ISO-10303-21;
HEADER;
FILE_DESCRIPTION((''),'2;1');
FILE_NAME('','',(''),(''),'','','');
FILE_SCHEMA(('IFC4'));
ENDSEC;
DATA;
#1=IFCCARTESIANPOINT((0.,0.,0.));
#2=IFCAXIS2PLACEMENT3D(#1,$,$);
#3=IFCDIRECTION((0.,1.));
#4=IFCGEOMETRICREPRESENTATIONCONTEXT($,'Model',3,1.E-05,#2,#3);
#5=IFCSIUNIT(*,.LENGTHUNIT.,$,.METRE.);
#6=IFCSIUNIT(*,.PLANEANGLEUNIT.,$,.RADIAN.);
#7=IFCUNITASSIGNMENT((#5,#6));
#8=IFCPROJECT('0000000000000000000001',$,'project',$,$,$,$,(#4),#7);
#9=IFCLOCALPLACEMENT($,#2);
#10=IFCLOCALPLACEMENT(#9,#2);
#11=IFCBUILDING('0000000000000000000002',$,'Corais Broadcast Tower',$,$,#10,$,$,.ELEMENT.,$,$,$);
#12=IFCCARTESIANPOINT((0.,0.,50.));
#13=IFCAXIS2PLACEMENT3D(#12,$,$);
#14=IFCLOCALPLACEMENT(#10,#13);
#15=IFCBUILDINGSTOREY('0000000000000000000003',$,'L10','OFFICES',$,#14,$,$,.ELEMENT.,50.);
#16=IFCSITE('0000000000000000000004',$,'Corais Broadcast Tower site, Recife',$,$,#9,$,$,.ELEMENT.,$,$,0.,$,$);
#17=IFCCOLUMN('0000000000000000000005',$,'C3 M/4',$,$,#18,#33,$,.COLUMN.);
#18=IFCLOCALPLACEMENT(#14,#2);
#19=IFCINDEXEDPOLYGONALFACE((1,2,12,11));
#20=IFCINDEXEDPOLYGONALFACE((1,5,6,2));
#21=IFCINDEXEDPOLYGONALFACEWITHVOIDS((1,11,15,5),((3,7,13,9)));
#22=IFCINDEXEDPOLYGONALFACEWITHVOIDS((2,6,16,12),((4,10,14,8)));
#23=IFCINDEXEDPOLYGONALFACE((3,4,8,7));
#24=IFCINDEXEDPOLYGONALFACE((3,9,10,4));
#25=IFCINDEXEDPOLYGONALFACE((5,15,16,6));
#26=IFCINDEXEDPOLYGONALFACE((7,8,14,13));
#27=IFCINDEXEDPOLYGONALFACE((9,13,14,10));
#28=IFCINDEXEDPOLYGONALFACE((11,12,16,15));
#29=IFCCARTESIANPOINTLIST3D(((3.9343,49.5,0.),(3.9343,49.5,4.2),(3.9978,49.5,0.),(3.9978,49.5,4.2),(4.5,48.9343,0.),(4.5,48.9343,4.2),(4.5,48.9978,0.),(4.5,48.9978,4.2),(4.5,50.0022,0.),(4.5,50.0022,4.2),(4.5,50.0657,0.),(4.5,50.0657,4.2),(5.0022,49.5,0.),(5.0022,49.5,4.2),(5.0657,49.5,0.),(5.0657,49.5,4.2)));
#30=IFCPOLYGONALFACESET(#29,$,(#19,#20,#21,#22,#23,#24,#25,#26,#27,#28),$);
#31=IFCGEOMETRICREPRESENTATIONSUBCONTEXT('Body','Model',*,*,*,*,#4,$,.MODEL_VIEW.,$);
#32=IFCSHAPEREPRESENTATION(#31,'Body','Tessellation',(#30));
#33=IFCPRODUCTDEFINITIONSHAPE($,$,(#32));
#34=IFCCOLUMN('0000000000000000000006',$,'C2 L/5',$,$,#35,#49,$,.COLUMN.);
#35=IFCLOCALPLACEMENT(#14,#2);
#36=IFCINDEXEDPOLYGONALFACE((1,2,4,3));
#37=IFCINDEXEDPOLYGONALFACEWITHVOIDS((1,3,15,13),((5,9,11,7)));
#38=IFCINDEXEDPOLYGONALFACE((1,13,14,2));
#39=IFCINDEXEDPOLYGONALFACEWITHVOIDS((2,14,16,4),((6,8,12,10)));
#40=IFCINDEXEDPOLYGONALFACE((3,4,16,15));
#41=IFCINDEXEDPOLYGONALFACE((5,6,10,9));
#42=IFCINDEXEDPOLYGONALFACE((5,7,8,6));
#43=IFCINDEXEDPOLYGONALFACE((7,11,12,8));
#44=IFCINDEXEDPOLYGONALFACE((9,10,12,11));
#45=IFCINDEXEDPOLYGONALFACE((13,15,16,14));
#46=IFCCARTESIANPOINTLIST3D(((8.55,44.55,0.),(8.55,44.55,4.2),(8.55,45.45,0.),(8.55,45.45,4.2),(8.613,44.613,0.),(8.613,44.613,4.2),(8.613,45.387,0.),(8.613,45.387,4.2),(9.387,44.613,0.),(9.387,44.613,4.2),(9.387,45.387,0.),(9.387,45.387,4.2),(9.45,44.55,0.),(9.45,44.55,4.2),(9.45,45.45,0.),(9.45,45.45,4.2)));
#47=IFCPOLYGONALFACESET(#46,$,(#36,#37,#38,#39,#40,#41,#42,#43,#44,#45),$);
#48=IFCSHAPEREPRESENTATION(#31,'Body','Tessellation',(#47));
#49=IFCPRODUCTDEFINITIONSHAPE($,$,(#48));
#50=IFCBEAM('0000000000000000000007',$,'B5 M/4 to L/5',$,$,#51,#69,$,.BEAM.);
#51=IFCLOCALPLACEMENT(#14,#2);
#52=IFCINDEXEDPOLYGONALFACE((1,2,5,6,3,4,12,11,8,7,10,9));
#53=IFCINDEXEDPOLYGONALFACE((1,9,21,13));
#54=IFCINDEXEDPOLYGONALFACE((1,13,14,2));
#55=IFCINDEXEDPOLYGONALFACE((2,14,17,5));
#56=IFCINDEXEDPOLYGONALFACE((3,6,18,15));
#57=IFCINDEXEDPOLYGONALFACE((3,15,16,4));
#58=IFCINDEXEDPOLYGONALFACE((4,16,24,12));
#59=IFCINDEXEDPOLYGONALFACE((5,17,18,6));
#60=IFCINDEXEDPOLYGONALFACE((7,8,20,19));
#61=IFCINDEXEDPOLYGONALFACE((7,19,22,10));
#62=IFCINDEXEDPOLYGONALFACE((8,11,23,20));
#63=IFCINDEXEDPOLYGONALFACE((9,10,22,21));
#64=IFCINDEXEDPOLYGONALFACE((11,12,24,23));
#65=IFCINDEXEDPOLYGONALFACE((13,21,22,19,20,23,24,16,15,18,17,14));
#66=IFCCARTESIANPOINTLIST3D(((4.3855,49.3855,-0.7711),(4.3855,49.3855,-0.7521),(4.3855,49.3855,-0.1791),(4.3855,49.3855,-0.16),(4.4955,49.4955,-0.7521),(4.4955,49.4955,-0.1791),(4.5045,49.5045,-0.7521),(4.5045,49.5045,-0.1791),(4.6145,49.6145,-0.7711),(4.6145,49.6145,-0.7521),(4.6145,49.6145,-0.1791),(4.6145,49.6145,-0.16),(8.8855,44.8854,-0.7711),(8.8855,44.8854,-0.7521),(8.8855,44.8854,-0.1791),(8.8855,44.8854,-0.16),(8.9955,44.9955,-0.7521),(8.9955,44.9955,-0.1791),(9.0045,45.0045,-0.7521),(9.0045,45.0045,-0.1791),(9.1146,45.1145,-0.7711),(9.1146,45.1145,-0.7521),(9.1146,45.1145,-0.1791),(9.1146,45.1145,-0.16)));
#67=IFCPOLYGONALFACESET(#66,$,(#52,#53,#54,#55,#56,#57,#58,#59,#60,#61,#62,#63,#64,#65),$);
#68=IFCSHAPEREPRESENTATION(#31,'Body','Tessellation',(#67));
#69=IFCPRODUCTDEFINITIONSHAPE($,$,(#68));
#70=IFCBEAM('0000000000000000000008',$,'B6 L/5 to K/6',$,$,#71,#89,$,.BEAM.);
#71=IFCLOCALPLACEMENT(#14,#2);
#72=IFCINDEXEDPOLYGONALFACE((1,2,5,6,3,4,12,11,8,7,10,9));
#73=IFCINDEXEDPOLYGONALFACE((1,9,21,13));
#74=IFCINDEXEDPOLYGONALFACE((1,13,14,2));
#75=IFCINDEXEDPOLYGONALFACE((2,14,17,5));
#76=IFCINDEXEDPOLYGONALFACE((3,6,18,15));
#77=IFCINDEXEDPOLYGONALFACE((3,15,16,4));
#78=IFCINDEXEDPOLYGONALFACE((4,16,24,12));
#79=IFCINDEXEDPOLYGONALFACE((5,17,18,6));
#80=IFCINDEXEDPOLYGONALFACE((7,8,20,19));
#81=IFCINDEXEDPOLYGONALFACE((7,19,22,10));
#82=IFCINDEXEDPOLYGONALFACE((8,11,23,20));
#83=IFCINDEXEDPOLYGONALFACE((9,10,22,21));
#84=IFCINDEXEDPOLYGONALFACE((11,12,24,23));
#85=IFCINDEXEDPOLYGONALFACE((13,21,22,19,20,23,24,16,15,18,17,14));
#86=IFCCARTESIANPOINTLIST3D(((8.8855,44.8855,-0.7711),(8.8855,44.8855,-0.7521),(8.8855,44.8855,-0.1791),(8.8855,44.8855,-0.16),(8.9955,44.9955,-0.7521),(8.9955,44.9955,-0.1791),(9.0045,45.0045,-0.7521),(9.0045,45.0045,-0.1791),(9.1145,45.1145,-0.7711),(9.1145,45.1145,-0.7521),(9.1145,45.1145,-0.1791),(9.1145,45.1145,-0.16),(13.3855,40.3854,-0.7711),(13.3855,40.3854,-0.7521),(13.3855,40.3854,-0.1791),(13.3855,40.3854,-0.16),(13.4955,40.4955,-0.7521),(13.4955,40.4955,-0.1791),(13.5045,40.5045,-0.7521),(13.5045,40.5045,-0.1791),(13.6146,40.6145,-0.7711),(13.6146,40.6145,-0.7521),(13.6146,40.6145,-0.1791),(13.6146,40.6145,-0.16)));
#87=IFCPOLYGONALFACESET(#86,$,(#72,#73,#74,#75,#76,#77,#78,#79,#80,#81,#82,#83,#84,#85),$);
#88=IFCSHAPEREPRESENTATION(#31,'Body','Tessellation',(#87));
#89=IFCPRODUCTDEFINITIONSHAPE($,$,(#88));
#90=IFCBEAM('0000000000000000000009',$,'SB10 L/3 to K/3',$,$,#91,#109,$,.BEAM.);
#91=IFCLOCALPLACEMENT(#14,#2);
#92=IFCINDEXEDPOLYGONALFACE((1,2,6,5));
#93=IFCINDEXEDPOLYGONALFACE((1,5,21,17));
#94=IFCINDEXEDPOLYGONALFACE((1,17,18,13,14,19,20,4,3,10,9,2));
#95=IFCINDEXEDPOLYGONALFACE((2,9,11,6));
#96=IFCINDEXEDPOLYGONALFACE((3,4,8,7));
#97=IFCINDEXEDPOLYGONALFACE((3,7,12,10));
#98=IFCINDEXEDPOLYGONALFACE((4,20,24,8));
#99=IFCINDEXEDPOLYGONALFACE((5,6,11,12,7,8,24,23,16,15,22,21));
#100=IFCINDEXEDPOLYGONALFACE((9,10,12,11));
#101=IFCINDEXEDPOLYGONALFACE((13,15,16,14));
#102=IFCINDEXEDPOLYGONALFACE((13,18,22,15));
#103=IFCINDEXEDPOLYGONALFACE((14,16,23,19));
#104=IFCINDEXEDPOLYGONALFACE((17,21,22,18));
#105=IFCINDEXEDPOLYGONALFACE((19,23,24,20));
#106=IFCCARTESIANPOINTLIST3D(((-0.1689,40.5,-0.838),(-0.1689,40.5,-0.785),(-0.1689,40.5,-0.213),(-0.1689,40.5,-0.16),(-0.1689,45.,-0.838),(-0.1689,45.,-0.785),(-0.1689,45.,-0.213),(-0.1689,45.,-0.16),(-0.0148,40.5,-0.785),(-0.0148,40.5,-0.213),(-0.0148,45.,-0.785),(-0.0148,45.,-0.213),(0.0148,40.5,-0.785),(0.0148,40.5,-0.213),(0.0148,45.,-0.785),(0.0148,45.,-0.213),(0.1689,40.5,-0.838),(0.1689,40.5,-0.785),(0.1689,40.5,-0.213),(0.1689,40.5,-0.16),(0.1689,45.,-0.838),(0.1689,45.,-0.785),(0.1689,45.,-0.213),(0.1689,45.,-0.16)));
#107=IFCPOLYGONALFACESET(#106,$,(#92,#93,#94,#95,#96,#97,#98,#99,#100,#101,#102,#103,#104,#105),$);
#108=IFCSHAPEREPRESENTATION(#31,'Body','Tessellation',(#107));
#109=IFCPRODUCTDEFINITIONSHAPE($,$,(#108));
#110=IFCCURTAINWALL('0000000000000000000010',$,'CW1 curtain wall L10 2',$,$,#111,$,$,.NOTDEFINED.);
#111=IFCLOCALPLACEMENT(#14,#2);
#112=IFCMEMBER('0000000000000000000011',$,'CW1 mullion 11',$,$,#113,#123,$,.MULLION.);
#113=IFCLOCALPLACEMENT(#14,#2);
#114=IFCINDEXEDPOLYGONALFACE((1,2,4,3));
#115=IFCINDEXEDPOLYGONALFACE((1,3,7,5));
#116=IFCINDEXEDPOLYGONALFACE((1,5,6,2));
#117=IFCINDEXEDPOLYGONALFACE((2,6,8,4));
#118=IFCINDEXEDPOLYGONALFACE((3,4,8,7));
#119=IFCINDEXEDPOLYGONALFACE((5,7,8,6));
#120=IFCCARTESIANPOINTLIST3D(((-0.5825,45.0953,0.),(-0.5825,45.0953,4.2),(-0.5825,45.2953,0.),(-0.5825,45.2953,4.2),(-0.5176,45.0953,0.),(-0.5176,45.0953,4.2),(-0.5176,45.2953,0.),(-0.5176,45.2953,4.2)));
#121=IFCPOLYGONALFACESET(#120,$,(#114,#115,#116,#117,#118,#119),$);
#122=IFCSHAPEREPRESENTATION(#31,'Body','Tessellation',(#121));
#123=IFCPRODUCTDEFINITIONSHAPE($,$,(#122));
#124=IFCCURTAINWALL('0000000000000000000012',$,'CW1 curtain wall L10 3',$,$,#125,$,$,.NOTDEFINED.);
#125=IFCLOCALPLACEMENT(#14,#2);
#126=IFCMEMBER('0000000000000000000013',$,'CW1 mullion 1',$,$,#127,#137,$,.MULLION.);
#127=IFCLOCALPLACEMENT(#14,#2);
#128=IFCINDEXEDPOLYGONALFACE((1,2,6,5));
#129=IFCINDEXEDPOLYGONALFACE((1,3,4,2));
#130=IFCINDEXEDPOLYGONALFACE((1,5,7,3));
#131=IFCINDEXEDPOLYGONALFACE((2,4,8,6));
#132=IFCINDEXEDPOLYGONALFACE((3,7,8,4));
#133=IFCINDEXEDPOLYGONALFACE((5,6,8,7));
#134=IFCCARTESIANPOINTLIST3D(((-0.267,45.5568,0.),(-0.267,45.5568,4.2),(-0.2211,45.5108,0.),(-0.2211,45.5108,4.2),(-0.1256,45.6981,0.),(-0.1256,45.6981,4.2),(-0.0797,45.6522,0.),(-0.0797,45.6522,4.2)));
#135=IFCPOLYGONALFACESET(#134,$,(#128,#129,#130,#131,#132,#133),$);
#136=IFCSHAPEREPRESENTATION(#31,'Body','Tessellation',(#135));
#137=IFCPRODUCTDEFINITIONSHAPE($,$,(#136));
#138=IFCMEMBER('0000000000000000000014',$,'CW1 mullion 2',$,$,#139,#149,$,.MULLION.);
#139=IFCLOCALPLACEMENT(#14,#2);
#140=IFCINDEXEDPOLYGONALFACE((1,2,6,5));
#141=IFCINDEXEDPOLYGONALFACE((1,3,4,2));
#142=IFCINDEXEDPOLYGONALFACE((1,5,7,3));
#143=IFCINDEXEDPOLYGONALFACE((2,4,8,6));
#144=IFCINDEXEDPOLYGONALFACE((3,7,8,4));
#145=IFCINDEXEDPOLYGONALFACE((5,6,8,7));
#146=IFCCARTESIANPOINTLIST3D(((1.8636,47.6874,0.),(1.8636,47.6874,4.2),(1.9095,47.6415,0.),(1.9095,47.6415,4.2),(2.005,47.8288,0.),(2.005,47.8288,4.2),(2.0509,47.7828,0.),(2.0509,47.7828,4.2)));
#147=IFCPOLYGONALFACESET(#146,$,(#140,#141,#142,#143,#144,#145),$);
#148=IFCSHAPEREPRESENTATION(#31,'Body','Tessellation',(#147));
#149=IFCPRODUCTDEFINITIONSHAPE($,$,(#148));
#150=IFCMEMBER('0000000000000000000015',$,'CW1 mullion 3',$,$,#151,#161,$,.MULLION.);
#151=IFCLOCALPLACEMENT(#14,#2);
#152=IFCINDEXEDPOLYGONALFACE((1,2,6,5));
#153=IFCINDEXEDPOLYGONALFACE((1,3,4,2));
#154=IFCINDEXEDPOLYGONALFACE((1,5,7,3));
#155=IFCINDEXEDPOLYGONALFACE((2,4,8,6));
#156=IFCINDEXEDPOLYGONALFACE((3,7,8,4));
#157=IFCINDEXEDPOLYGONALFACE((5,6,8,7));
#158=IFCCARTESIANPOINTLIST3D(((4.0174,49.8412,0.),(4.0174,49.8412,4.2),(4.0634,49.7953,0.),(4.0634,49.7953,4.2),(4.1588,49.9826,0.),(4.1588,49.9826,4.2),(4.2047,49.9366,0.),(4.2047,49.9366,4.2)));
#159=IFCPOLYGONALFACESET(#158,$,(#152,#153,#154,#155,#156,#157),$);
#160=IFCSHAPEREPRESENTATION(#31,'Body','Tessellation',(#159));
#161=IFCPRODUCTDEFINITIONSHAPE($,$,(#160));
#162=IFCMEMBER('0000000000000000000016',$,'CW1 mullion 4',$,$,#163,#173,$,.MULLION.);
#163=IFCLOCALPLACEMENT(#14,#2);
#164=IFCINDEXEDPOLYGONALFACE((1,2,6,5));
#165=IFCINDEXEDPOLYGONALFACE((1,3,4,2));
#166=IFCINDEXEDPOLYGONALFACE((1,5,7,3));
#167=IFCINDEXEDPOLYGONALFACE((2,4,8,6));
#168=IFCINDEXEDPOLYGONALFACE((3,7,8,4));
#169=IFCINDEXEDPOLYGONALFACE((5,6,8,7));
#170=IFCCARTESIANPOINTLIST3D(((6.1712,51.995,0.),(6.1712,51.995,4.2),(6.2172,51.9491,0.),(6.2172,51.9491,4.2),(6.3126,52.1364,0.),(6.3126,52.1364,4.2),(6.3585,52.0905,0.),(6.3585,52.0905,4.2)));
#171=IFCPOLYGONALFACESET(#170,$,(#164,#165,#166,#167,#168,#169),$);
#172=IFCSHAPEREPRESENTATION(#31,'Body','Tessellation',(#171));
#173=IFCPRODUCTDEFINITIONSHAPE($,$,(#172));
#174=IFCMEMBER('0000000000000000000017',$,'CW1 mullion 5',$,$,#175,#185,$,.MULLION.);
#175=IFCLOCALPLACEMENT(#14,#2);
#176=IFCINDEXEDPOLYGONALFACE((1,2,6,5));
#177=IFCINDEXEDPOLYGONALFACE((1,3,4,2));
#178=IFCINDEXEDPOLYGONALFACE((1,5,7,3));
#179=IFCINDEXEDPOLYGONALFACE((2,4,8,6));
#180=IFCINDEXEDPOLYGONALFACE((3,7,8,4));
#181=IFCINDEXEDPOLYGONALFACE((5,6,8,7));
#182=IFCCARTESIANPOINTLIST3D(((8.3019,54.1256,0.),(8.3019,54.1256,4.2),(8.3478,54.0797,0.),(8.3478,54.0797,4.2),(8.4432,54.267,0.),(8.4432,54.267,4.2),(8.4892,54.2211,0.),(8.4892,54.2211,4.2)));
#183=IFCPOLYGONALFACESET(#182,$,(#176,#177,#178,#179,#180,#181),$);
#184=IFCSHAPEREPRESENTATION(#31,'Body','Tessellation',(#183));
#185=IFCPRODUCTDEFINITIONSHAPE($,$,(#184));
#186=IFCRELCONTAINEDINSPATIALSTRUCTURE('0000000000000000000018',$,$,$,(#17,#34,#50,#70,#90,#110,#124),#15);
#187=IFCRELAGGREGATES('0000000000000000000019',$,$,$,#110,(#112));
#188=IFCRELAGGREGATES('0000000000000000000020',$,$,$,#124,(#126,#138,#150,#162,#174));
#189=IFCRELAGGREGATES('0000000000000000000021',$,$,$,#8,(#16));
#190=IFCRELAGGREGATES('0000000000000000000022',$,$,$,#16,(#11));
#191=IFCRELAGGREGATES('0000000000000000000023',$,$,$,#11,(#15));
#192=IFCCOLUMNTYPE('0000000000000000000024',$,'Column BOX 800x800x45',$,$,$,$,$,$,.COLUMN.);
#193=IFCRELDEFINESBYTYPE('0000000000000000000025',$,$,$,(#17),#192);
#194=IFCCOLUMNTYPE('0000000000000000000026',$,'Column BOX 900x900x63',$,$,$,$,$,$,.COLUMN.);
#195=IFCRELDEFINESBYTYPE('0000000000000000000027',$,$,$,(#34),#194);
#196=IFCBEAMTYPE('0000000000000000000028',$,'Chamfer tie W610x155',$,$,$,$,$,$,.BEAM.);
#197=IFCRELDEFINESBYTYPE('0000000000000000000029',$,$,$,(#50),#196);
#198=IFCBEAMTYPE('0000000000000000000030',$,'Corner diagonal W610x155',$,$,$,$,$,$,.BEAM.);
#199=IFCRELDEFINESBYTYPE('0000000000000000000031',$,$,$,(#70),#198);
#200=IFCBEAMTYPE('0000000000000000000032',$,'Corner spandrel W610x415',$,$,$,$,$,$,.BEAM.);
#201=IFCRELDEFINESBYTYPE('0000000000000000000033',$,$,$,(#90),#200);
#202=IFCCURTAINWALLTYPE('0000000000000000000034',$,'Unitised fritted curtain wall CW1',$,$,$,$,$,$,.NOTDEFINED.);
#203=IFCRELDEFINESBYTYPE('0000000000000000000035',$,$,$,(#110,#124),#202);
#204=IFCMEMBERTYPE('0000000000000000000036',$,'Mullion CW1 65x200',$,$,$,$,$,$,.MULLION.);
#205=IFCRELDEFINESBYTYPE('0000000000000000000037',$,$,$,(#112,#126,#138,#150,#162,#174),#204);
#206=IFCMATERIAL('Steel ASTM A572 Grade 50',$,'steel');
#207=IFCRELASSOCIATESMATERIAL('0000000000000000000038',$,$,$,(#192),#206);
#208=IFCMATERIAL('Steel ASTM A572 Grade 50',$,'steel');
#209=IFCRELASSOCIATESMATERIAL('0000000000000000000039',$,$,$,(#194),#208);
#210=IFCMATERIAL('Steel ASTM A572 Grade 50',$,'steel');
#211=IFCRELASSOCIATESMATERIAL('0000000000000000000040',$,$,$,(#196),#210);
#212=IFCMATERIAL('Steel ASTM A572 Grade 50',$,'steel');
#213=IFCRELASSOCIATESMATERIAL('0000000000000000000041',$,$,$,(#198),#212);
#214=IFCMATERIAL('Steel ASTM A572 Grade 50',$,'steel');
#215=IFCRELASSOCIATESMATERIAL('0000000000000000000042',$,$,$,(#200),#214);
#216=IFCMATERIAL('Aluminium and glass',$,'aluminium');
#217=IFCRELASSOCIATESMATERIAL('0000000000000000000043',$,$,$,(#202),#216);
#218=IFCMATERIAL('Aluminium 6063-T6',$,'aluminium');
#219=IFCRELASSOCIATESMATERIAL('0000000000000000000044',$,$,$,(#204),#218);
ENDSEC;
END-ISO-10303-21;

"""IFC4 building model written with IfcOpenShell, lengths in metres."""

from ifc_helpers import new_model, si_unit, direction, frame, origin, origin_2d, place, context, subcontext, project, spatial, rectangle, hollow_rectangle, i_section, extrude, material, material_profile, profile_set, type_object, element, aggregate, save


model = new_model("IFC4")

# Units and contexts
model_context = context("Model", 3, precision=1e-05, world=origin(), true_north=direction((0.0, 1.0)))
body_context = subcontext(model_context, "Body", "Model", "MODEL_VIEW")
ifc_project = project(units=[si_unit("LENGTHUNIT", "METRE"), si_unit("PLANEANGLEUNIT", "RADIAN")], contexts=[model_context])

# Site, building, storey
site_placement = place(None, origin())
site = spatial("IfcSite", under=ifc_project, at=site_placement, Name="Corais Broadcast Tower site, Recife", CompositionType="ELEMENT", RefElevation=0.0)
building_placement = place(site_placement, origin())
building = spatial("IfcBuilding", under=site, at=building_placement, Name="Corais Broadcast Tower", CompositionType="ELEMENT")
storey_placement = place(building_placement, frame((0.0, 0.0, 50.0)))
storey = spatial("IfcBuildingStorey", under=building, at=storey_placement, Name="L10", Description="OFFICES", CompositionType="ELEMENT", Elevation=50.0)

# Columns
ifc_material_1 = material(Name="Steel ASTM A572 Grade 50", Category="steel")
ifc_material_profile_1 = material_profile(ifc_material_1, hollow_rectangle(XDim=0.8, YDim=0.8, WallThickness=0.0449, at=origin_2d()), Name="BOX 800x800x45")
ifc_profile_set_1 = profile_set([ifc_material_profile_1], Name="Steel ASTM A572 Grade 50")
column_type_1 = type_object("IfcColumnType", Name="Column BOX 800x800x45", PredefinedType="COLUMN", material=ifc_profile_set_1)
column_1_placement = place(storey_placement, frame((4.5, 49.5, 0.0), z_axis=(0.0, 0.0, 1.0), x_axis=(0.707107, 0.707107, 0.0)))
element("IfcColumn", 1, at=column_1_placement, inside=storey, type_object=column_type_1, Name="C3 M/4", PredefinedType="COLUMN", context=body_context, shape_type="SweptSolid", body=[
    extrude(hollow_rectangle(XDim=0.8, YDim=0.8, WallThickness=0.0449, at=origin_2d()), origin(), (0.0, 0.0, 1.0), 4.2),
])
ifc_material_2 = material(Name="Steel ASTM A572 Grade 50", Category="steel")
ifc_material_profile_2 = material_profile(ifc_material_2, hollow_rectangle(XDim=0.8999, YDim=0.8999, WallThickness=0.063, at=origin_2d()), Name="BOX 900x900x63")
ifc_profile_set_2 = profile_set([ifc_material_profile_2], Name="Steel ASTM A572 Grade 50")
column_type_2 = type_object("IfcColumnType", Name="Column BOX 900x900x63", PredefinedType="COLUMN", material=ifc_profile_set_2)
column_2_placement = place(storey_placement, frame((9.0, 45.0, 0.0), z_axis=(0.0, 0.0, 1.0), x_axis=(1.0, 0.0, 0.0)))
element("IfcColumn", 2, at=column_2_placement, inside=storey, type_object=column_type_2, Name="C2 L/5", PredefinedType="COLUMN", context=body_context, shape_type="SweptSolid", body=[
    extrude(hollow_rectangle(XDim=0.8999, YDim=0.8999, WallThickness=0.063, at=origin_2d()), origin(), (0.0, 0.0, 1.0), 4.2),
])

# Beams
ifc_material_3 = material(Name="Steel ASTM A572 Grade 50", Category="steel")
ifc_material_profile_3 = material_profile(ifc_material_3, i_section(OverallWidth=0.324, OverallDepth=0.6111, WebThickness=0.0127, FlangeThickness=0.019, at=origin_2d()), Name="W610x155")
ifc_profile_set_3 = profile_set([ifc_material_profile_3], Name="Steel ASTM A572 Grade 50")
beam_type_1 = type_object("IfcBeamType", Name="Chamfer tie W610x155", PredefinedType="BEAM", material=ifc_profile_set_3)
beam_1_placement = place(storey_placement, frame((4.5, 49.5, -0.4656), z_axis=(0.707107, -0.707107, 0.0), x_axis=(0.707107, 0.707107, 0.0)))
element("IfcBeam", 3, at=beam_1_placement, inside=storey, type_object=beam_type_1, Name="B5 M/4 to L/5", PredefinedType="BEAM", context=body_context, shape_type="SweptSolid", body=[
    extrude(i_section(OverallWidth=0.324, OverallDepth=0.6111, WebThickness=0.0127, FlangeThickness=0.019, at=origin_2d()), origin(), (0.0, 0.0, 1.0), 6.364),
])
ifc_material_4 = material(Name="Steel ASTM A572 Grade 50", Category="steel")
ifc_material_profile_4 = material_profile(ifc_material_4, i_section(OverallWidth=0.324, OverallDepth=0.6111, WebThickness=0.0127, FlangeThickness=0.019, at=origin_2d()), Name="W610x155")
ifc_profile_set_4 = profile_set([ifc_material_profile_4], Name="Steel ASTM A572 Grade 50")
beam_type_2 = type_object("IfcBeamType", Name="Corner diagonal W610x155", PredefinedType="BEAM", material=ifc_profile_set_4)
beam_2_placement = place(storey_placement, frame((9.0, 45.0, -0.4656), z_axis=(0.707107, -0.707107, 0.0), x_axis=(0.707107, 0.707107, 0.0)))
element("IfcBeam", 4, at=beam_2_placement, inside=storey, type_object=beam_type_2, Name="B6 L/5 to K/6", PredefinedType="BEAM", context=body_context, shape_type="SweptSolid", body=[
    extrude(i_section(OverallWidth=0.324, OverallDepth=0.6111, WebThickness=0.0127, FlangeThickness=0.019, at=origin_2d()), origin(), (0.0, 0.0, 1.0), 6.364),
])
ifc_material_5 = material(Name="Steel ASTM A572 Grade 50", Category="steel")
ifc_material_profile_5 = material_profile(ifc_material_5, i_section(OverallWidth=0.3379, OverallDepth=0.678, WebThickness=0.0295, FlangeThickness=0.053, at=origin_2d()), Name="W610x415")
ifc_profile_set_5 = profile_set([ifc_material_profile_5], Name="Steel ASTM A572 Grade 50")
beam_type_3 = type_object("IfcBeamType", Name="Corner spandrel W610x415", PredefinedType="BEAM", material=ifc_profile_set_5)
beam_3_placement = place(storey_placement, frame((0.0, 45.0, -0.499), z_axis=(0.0, -1.0, 0.0), x_axis=(1.0, 0.0, 0.0)))
element("IfcBeam", 5, at=beam_3_placement, inside=storey, type_object=beam_type_3, Name="SB10 L/3 to K/3", PredefinedType="BEAM", context=body_context, shape_type="SweptSolid", body=[
    extrude(i_section(OverallWidth=0.3379, OverallDepth=0.678, WebThickness=0.0295, FlangeThickness=0.053, at=origin_2d()), origin(), (0.0, 0.0, 1.0), 4.5),
])

# Curtain wall, member
ifc_material_6 = material(Name="Aluminium and glass", Category="aluminium")
curtain_wall_type = type_object("IfcCurtainWallType", Name="Unitised fritted curtain wall CW1", PredefinedType="NOTDEFINED", material=ifc_material_6)
curtain_wall_1_placement = place(storey_placement, origin())
curtain_wall_1 = element("IfcCurtainWall", 6, at=curtain_wall_1_placement, inside=storey, type_object=curtain_wall_type, Name="CW1 curtain wall L10 2", PredefinedType="NOTDEFINED")
ifc_material_7 = material(Name="Aluminium 6063-T6", Category="aluminium")
ifc_material_profile_6 = material_profile(ifc_material_7, rectangle(XDim=0.0649, YDim=0.2, at=origin_2d()), Name="Mullion CW1 65x200")
ifc_profile_set_6 = profile_set([ifc_material_profile_6], Name="Aluminium 6063-T6")
member_type_1 = type_object("IfcMemberType", Name="Mullion CW1 65x200", PredefinedType="MULLION", material=ifc_profile_set_6)
member_1_placement = place(storey_placement, frame((-0.55, 45.1953, 0.0), z_axis=(0.0, 0.0, 1.0), x_axis=(-1.0, 0.0, 0.0)))
member_1 = element("IfcMember", 7, at=member_1_placement, type_object=member_type_1, Name="CW1 mullion 11", PredefinedType="MULLION", context=body_context, shape_type="SweptSolid", body=[
    extrude(rectangle(XDim=0.0649, YDim=0.2, at=origin_2d()), origin(), (0.0, 0.0, 1.0), 4.2),
])
aggregate(curtain_wall_1, [member_1])

# Curtain wall, members
curtain_wall_2_placement = place(storey_placement, origin())
curtain_wall_2 = element("IfcCurtainWall", 8, at=curtain_wall_2_placement, inside=storey, type_object=curtain_wall_type, Name="CW1 curtain wall L10 3", PredefinedType="NOTDEFINED")
member_2_placement = place(storey_placement, frame((-0.1733, 45.6045, 0.0), z_axis=(0.0, 0.0, 1.0), x_axis=(-0.707107, 0.707107, 0.0)))
member_2 = element("IfcMember", 9, at=member_2_placement, type_object=member_type_1, Name="CW1 mullion 1", PredefinedType="MULLION", context=body_context, shape_type="SweptSolid", body=[
    extrude(rectangle(XDim=0.0649, YDim=0.2, at=origin_2d()), origin(), (0.0, 0.0, 1.0), 4.2),
])
member_3_placement = place(storey_placement, frame((1.9573, 47.7351, 0.0), z_axis=(0.0, 0.0, 1.0), x_axis=(-0.707107, 0.707107, 0.0)))
member_3 = element("IfcMember", 10, at=member_3_placement, type_object=member_type_1, Name="CW1 mullion 2", PredefinedType="MULLION", context=body_context, shape_type="SweptSolid", body=[
    extrude(rectangle(XDim=0.0649, YDim=0.2, at=origin_2d()), origin(), (0.0, 0.0, 1.0), 4.2),
])
member_4_placement = place(storey_placement, frame((4.1111, 49.8889, 0.0), z_axis=(0.0, 0.0, 1.0), x_axis=(-0.707107, 0.707107, 0.0)))
member_4 = element("IfcMember", 11, at=member_4_placement, type_object=member_type_1, Name="CW1 mullion 3", PredefinedType="MULLION", context=body_context, shape_type="SweptSolid", body=[
    extrude(rectangle(XDim=0.0649, YDim=0.2, at=origin_2d()), origin(), (0.0, 0.0, 1.0), 4.2),
])
member_5_placement = place(storey_placement, frame((6.2649, 52.0427, 0.0), z_axis=(0.0, 0.0, 1.0), x_axis=(-0.707107, 0.707107, 0.0)))
member_5 = element("IfcMember", 12, at=member_5_placement, type_object=member_type_1, Name="CW1 mullion 4", PredefinedType="MULLION", context=body_context, shape_type="SweptSolid", body=[
    extrude(rectangle(XDim=0.0649, YDim=0.2, at=origin_2d()), origin(), (0.0, 0.0, 1.0), 4.2),
])
member_6_placement = place(storey_placement, frame((8.3955, 54.1733, 0.0), z_axis=(0.0, 0.0, 1.0), x_axis=(-0.707107, 0.707107, 0.0)))
member_6 = element("IfcMember", 13, at=member_6_placement, type_object=member_type_1, Name="CW1 mullion 5", PredefinedType="MULLION", context=body_context, shape_type="SweptSolid", body=[
    extrude(rectangle(XDim=0.0649, YDim=0.2, at=origin_2d()), origin(), (0.0, 0.0, 1.0), 4.2),
])

aggregate(curtain_wall_2, [member_2, member_3, member_4, member_5, member_6])

save(model, "model.ifc")
